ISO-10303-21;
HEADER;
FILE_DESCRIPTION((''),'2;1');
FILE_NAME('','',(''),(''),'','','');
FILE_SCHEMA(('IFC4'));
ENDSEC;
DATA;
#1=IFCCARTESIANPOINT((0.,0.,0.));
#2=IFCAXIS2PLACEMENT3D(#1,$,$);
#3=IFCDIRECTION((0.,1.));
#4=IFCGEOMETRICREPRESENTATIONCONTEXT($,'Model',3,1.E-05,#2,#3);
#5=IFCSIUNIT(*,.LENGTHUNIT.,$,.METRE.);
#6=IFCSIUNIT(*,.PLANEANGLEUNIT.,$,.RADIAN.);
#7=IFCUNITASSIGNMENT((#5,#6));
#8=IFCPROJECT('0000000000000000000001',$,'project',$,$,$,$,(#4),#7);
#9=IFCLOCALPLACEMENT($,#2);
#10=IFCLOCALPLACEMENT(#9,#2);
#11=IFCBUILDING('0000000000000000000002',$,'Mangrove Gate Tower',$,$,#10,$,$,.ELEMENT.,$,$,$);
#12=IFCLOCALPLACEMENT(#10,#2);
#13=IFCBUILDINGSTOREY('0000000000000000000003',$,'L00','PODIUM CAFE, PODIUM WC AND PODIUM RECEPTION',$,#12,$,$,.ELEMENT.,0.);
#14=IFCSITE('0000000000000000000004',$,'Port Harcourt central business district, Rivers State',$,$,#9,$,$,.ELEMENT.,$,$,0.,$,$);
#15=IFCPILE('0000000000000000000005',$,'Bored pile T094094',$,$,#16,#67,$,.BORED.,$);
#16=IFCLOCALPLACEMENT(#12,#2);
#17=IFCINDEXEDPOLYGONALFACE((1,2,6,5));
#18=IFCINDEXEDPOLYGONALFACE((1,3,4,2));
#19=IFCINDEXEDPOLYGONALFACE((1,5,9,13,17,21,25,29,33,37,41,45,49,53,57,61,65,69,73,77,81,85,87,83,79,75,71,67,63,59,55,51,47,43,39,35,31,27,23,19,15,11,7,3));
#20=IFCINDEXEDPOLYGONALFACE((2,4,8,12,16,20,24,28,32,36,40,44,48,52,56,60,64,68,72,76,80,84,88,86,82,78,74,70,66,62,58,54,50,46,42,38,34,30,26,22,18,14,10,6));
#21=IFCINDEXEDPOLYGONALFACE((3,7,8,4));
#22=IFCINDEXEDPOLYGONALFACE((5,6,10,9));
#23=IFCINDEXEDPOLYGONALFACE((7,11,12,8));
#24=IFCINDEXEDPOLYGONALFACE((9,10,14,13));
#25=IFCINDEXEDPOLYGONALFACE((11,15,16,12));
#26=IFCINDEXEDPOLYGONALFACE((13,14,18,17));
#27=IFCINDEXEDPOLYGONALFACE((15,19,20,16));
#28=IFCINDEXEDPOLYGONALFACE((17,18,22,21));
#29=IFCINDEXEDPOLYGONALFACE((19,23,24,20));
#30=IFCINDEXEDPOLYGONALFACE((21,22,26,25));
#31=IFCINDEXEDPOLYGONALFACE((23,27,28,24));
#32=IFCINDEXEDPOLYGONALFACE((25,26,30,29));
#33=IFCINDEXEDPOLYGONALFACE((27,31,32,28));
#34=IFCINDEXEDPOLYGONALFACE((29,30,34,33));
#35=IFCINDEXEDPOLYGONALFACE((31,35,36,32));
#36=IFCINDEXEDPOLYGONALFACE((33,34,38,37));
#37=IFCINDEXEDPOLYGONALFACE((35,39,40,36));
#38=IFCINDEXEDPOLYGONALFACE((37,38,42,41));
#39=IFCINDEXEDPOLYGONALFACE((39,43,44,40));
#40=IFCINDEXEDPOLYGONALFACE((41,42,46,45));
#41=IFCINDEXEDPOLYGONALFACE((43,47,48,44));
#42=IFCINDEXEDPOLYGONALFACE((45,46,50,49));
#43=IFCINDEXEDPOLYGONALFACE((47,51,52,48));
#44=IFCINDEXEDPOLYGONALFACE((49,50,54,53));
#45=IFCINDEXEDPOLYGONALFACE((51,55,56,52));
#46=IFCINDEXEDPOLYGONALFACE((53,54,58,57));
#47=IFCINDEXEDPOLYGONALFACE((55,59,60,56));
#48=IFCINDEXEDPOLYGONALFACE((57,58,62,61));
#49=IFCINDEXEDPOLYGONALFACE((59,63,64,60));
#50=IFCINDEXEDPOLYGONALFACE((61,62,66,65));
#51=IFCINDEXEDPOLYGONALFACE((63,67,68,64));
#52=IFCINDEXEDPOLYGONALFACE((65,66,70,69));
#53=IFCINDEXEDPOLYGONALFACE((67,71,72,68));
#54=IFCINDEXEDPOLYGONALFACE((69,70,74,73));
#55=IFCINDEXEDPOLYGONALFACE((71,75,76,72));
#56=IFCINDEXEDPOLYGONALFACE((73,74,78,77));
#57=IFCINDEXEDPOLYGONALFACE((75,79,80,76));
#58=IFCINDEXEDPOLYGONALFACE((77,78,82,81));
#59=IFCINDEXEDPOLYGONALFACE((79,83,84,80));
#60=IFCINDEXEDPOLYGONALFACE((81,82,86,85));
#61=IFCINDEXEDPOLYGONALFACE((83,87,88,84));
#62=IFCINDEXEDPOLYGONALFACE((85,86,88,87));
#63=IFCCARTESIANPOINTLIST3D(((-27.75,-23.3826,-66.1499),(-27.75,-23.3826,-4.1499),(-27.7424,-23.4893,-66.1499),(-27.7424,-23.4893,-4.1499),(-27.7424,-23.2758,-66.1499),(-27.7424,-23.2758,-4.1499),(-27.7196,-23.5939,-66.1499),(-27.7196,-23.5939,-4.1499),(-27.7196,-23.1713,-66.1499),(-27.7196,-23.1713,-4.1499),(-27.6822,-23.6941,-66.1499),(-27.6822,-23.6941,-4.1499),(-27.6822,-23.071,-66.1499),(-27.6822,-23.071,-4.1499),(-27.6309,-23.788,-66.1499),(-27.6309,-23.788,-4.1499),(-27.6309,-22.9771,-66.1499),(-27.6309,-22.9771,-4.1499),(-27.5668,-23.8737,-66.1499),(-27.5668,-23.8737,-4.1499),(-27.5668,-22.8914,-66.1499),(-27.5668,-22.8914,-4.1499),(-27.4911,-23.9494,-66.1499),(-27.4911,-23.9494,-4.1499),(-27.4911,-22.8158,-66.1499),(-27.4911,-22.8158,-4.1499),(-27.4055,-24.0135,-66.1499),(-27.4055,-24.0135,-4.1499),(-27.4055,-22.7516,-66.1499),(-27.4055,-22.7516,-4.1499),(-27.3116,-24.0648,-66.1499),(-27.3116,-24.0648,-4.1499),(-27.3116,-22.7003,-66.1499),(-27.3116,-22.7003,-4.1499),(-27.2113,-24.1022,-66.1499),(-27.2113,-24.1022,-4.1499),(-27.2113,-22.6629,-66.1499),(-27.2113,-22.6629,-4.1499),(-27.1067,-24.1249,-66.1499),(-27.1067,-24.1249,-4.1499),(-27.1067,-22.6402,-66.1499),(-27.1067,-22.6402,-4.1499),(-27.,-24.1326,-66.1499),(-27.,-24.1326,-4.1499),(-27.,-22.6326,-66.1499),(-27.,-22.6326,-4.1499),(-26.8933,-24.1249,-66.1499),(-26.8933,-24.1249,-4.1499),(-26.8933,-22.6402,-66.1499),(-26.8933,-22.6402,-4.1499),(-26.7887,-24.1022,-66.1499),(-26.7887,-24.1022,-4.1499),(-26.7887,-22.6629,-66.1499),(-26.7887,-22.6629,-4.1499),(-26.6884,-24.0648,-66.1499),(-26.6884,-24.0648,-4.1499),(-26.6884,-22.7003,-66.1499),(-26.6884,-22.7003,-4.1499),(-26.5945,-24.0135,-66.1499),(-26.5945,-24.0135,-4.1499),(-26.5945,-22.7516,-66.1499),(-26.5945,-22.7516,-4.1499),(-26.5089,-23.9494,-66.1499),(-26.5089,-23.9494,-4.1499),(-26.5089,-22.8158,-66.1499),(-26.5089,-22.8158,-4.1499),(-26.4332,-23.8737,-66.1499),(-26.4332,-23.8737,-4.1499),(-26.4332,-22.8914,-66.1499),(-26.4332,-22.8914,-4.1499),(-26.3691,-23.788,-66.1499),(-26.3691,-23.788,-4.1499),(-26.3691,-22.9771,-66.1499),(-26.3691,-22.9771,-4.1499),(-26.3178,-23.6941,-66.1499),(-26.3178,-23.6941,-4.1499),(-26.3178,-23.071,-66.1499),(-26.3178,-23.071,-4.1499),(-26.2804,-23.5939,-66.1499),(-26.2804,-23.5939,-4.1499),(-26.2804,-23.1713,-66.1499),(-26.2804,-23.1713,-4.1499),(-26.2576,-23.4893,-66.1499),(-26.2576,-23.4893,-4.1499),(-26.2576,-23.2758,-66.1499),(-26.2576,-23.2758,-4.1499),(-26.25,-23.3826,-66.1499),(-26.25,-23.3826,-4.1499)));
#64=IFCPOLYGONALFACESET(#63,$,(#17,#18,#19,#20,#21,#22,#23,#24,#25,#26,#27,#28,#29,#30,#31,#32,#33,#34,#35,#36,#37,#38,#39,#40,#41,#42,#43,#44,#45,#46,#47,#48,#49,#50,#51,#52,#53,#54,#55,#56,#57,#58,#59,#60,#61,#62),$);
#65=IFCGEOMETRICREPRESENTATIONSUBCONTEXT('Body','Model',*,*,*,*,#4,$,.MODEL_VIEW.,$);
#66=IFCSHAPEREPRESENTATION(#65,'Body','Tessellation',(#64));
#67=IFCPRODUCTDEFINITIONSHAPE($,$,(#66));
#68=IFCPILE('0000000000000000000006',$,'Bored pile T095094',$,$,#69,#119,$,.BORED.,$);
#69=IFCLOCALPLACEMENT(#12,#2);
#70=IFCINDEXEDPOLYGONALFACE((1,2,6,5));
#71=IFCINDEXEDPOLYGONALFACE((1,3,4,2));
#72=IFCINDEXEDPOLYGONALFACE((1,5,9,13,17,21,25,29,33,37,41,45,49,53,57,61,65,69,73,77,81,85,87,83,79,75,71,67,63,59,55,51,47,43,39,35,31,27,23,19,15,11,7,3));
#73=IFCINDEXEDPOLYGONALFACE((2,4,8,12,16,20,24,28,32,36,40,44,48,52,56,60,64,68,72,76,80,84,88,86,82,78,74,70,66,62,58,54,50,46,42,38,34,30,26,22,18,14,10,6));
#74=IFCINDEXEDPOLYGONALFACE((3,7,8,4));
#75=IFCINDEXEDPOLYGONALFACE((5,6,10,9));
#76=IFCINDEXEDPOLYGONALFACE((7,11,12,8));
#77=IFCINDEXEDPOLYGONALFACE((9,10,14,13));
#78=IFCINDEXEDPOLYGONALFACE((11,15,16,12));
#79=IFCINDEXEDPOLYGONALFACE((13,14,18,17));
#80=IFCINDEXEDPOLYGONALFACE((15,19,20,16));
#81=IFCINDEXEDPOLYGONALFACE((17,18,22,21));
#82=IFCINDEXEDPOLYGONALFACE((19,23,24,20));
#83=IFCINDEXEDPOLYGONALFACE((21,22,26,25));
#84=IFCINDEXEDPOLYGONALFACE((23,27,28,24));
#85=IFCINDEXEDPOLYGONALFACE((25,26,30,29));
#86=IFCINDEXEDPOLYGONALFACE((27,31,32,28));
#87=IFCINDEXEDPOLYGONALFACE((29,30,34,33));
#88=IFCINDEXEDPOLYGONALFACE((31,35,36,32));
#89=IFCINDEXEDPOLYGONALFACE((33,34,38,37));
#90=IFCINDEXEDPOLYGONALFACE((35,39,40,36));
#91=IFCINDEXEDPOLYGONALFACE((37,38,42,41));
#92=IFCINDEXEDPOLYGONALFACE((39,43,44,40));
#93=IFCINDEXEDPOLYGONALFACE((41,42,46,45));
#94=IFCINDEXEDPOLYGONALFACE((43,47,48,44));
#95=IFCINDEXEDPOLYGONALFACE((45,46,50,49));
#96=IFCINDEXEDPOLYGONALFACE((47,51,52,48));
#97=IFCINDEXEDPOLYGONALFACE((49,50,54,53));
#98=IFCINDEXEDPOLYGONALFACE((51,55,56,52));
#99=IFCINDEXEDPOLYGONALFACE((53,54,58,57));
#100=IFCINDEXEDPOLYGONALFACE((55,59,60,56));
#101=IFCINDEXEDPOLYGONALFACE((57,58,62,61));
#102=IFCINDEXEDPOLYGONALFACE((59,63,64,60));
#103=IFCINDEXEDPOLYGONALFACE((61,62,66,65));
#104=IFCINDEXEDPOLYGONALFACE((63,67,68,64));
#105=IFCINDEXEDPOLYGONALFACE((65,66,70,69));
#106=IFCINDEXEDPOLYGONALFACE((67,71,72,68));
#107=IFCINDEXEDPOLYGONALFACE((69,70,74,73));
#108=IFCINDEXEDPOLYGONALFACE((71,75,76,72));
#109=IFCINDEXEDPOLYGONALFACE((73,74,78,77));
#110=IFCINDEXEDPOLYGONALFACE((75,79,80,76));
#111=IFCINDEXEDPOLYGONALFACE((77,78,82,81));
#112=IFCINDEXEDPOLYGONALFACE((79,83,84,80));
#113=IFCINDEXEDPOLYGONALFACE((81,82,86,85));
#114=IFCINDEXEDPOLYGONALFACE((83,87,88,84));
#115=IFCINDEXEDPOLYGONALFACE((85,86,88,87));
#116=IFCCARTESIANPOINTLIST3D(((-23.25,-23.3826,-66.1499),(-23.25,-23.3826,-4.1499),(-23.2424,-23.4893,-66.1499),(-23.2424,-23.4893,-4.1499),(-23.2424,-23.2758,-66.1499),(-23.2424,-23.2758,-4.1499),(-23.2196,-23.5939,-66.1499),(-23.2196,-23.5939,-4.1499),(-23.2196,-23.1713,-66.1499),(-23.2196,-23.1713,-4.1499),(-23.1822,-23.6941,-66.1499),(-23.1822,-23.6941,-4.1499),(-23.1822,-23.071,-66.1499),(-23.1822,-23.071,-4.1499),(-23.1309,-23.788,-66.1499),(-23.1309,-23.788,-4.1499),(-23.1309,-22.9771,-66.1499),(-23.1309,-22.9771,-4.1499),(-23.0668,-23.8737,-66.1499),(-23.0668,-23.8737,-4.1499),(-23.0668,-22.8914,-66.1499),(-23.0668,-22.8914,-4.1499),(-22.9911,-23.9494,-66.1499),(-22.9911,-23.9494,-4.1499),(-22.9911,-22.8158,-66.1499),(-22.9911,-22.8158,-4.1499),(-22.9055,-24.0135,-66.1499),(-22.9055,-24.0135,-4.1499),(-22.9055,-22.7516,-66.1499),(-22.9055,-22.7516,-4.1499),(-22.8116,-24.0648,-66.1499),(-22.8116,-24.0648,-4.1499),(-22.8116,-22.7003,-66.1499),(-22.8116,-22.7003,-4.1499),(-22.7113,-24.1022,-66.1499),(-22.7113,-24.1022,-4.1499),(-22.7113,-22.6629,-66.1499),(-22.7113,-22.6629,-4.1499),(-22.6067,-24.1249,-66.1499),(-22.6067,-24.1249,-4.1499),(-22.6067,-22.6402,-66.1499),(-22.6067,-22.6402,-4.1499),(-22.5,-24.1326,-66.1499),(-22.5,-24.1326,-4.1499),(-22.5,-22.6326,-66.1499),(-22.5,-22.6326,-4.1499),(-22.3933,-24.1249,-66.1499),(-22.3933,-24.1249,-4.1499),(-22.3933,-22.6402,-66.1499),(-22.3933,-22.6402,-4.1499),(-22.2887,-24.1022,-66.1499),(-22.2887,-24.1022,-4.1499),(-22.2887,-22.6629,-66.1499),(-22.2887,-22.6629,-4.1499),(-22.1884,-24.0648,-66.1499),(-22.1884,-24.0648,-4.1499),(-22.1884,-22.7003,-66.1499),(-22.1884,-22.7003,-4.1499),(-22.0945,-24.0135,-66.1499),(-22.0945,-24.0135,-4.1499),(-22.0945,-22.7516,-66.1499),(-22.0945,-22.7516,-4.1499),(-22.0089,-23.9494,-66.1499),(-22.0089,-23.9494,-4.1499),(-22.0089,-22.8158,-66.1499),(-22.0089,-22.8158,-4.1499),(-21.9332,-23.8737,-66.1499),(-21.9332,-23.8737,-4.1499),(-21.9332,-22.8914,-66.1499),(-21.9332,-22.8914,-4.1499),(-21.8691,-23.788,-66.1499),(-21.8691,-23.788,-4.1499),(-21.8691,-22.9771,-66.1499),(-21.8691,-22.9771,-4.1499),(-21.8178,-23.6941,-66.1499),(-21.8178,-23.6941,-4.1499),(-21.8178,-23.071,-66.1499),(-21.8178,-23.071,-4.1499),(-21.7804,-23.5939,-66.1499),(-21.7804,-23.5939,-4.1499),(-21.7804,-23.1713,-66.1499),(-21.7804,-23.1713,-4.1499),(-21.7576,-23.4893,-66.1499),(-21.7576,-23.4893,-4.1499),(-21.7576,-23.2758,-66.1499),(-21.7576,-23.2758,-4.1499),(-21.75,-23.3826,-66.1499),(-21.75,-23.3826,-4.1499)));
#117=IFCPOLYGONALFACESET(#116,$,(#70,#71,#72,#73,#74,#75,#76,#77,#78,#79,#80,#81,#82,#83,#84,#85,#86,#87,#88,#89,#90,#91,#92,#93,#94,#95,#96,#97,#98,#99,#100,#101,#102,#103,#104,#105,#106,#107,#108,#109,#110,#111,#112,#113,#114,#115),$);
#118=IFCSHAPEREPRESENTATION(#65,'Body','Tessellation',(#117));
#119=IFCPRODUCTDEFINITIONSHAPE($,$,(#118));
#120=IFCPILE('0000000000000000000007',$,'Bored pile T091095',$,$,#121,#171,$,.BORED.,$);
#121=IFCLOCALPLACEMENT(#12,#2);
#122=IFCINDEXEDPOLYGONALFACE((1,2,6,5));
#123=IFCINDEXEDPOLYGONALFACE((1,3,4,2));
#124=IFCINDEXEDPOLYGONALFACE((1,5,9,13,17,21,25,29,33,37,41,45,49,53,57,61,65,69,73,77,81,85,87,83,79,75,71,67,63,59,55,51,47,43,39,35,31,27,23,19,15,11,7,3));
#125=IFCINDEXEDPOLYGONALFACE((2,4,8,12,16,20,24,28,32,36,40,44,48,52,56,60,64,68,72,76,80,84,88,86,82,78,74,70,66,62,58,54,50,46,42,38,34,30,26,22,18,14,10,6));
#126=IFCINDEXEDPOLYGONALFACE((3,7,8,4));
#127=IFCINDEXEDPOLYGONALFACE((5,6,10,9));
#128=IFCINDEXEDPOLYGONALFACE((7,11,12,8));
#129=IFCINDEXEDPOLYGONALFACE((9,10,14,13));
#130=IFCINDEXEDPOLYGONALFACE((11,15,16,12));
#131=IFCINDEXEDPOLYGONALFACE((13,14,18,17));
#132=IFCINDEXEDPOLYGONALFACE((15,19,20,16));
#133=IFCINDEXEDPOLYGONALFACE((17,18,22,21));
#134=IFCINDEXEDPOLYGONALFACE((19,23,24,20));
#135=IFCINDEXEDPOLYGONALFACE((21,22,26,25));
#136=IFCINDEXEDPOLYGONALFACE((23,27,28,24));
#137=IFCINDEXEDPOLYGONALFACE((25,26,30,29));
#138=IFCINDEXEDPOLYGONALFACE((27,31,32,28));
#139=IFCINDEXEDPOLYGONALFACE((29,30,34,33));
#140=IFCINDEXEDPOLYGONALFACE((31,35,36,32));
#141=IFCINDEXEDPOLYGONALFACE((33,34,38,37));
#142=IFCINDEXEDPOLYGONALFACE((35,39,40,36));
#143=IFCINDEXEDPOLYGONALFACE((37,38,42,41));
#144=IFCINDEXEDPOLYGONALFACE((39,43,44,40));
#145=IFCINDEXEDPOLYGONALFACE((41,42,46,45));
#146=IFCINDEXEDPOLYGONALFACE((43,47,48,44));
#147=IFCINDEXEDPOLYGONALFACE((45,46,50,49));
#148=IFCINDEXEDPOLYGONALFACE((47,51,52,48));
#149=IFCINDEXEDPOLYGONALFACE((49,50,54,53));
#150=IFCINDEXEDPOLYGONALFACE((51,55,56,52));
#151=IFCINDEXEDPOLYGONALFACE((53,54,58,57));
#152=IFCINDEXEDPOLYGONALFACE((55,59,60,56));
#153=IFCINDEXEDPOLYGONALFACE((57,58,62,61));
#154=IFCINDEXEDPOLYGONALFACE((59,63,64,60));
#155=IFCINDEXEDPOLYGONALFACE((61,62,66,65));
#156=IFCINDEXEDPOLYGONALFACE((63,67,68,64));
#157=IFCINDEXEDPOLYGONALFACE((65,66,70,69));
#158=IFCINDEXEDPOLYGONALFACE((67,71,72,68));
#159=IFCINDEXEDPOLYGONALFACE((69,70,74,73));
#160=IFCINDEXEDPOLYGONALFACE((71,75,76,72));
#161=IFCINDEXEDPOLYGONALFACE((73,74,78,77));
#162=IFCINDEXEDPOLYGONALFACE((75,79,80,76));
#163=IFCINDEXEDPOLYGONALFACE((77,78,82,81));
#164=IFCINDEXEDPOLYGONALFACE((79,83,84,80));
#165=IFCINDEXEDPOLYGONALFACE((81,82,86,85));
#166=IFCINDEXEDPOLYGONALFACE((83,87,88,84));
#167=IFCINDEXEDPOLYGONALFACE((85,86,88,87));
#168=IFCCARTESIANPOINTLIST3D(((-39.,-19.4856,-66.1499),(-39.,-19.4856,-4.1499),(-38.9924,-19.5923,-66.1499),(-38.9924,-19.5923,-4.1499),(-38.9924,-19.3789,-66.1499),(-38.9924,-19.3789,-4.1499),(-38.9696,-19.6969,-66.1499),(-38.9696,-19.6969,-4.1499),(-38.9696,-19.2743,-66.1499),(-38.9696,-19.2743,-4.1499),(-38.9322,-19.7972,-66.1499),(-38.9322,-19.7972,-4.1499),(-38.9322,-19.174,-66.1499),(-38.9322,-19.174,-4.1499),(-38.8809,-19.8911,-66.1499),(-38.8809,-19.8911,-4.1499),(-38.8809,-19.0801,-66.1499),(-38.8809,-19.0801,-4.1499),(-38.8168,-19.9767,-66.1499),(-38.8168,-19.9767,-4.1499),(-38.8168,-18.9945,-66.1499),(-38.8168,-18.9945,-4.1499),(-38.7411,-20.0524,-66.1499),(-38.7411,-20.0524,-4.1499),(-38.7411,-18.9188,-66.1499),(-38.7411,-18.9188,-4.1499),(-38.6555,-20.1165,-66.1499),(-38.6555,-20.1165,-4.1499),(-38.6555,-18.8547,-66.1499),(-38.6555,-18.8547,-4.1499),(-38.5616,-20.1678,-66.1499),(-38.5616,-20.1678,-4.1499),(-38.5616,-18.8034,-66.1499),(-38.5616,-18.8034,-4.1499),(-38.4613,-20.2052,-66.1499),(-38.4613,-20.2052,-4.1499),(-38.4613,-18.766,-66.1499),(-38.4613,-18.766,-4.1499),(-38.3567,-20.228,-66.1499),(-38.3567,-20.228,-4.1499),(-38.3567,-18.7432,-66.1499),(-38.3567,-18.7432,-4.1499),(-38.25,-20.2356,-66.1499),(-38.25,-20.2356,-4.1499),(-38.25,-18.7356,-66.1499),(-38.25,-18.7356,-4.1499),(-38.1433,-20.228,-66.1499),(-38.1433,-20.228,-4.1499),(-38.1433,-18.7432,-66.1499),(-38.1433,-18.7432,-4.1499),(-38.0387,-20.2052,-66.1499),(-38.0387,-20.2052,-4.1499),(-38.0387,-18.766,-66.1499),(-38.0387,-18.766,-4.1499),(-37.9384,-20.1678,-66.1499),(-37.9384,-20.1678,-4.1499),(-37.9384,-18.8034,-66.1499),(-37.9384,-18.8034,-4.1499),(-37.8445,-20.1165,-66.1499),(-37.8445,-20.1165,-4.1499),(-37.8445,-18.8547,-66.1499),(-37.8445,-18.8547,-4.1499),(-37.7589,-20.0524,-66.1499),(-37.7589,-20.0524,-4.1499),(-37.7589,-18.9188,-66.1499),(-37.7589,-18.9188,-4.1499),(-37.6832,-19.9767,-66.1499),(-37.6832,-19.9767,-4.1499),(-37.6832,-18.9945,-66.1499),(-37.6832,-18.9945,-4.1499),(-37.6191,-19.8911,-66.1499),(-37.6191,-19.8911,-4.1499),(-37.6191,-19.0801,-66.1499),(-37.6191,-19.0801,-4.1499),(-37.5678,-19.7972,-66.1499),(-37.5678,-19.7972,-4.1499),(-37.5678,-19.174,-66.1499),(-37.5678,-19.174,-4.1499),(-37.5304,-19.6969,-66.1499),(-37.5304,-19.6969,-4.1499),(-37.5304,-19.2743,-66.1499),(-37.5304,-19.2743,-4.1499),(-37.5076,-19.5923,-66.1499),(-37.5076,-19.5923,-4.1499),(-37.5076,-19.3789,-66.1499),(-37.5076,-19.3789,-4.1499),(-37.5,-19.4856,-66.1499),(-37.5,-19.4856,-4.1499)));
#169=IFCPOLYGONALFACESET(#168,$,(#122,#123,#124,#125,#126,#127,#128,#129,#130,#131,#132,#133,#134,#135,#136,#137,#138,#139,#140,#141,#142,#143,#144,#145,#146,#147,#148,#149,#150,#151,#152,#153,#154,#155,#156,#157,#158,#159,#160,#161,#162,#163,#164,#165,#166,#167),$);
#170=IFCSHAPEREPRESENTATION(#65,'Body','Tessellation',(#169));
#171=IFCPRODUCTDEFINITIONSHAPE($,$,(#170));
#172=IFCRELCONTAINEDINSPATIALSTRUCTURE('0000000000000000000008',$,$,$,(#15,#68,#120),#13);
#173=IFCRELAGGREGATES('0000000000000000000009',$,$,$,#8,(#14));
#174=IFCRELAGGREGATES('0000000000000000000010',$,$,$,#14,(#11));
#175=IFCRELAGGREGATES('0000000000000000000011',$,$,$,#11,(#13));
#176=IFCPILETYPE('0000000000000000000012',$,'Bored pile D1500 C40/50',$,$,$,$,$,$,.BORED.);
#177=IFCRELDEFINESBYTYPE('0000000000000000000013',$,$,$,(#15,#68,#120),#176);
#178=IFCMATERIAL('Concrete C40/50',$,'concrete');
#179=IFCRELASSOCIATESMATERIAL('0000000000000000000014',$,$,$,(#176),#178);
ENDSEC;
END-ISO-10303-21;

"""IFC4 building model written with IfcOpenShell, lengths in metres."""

from ifc_helpers import new_model, si_unit, direction, frame, origin, origin_2d, place, context, subcontext, project, spatial, circle, extrude, material, material_profile, profile_set, type_object, element, save


model = new_model("IFC4")

# Units and contexts
model_context = context("Model", 3, precision=1e-05, world=origin(), true_north=direction((0.0, 1.0)))
body_context = subcontext(model_context, "Body", "Model", "MODEL_VIEW")
ifc_project = project(units=[si_unit("LENGTHUNIT", "METRE"), si_unit("PLANEANGLEUNIT", "RADIAN")], contexts=[model_context])

# Site, building, storey
site_placement = place(None, origin())
site = spatial("IfcSite", under=ifc_project, at=site_placement, Name="Port Harcourt central business district, Rivers State", CompositionType="ELEMENT", RefElevation=0.0)
building_placement = place(site_placement, origin())
building = spatial("IfcBuilding", under=site, at=building_placement, Name="Mangrove Gate Tower", CompositionType="ELEMENT")
storey_placement = place(building_placement, origin())
storey = spatial("IfcBuildingStorey", under=building, at=storey_placement, Name="L00", Description="PODIUM CAFE, PODIUM WC AND PODIUM RECEPTION", CompositionType="ELEMENT", Elevation=0.0)

# Piles
ifc_material_1 = material(Name="Concrete C40/50", Category="concrete")
ifc_material_profile_1 = material_profile(ifc_material_1, circle(Radius=0.75, at=origin_2d()))
ifc_profile_set_1 = profile_set([ifc_material_profile_1], Name="Concrete C40/50")
pile_type = type_object("IfcPileType", Name="Bored pile D1500 C40/50", PredefinedType="BORED", material=ifc_profile_set_1)
for number, where, z_axis, x_axis, name in (
    (1, (-27.0, -23.3826, -4.1499), (0.0, 0.0, -1.0), (1.0, 0.0, 0.0), "Bored pile T094094"),
    (2, (-22.5, -23.3826, -4.1499), (0.0, 0.0, -1.0), (1.0, 0.0, 0.0), "Bored pile T095094"),
    (3, (-38.25, -19.4856, -4.1499), (0.0, 0.0, -1.0), (1.0, 0.0, 0.0), "Bored pile T091095"),
):
    element("IfcPile", number, at=place(storey_placement, frame(where, z_axis=z_axis, x_axis=x_axis)), inside=storey, type_object=pile_type, Name=name, PredefinedType="BORED", context=body_context, shape_type="SweptSolid", body=[
        extrude(circle(Radius=0.75, at=origin_2d()), origin(), (0.0, 0.0, 1.0), 62.0),
    ])

save(model, "model.ifc")
